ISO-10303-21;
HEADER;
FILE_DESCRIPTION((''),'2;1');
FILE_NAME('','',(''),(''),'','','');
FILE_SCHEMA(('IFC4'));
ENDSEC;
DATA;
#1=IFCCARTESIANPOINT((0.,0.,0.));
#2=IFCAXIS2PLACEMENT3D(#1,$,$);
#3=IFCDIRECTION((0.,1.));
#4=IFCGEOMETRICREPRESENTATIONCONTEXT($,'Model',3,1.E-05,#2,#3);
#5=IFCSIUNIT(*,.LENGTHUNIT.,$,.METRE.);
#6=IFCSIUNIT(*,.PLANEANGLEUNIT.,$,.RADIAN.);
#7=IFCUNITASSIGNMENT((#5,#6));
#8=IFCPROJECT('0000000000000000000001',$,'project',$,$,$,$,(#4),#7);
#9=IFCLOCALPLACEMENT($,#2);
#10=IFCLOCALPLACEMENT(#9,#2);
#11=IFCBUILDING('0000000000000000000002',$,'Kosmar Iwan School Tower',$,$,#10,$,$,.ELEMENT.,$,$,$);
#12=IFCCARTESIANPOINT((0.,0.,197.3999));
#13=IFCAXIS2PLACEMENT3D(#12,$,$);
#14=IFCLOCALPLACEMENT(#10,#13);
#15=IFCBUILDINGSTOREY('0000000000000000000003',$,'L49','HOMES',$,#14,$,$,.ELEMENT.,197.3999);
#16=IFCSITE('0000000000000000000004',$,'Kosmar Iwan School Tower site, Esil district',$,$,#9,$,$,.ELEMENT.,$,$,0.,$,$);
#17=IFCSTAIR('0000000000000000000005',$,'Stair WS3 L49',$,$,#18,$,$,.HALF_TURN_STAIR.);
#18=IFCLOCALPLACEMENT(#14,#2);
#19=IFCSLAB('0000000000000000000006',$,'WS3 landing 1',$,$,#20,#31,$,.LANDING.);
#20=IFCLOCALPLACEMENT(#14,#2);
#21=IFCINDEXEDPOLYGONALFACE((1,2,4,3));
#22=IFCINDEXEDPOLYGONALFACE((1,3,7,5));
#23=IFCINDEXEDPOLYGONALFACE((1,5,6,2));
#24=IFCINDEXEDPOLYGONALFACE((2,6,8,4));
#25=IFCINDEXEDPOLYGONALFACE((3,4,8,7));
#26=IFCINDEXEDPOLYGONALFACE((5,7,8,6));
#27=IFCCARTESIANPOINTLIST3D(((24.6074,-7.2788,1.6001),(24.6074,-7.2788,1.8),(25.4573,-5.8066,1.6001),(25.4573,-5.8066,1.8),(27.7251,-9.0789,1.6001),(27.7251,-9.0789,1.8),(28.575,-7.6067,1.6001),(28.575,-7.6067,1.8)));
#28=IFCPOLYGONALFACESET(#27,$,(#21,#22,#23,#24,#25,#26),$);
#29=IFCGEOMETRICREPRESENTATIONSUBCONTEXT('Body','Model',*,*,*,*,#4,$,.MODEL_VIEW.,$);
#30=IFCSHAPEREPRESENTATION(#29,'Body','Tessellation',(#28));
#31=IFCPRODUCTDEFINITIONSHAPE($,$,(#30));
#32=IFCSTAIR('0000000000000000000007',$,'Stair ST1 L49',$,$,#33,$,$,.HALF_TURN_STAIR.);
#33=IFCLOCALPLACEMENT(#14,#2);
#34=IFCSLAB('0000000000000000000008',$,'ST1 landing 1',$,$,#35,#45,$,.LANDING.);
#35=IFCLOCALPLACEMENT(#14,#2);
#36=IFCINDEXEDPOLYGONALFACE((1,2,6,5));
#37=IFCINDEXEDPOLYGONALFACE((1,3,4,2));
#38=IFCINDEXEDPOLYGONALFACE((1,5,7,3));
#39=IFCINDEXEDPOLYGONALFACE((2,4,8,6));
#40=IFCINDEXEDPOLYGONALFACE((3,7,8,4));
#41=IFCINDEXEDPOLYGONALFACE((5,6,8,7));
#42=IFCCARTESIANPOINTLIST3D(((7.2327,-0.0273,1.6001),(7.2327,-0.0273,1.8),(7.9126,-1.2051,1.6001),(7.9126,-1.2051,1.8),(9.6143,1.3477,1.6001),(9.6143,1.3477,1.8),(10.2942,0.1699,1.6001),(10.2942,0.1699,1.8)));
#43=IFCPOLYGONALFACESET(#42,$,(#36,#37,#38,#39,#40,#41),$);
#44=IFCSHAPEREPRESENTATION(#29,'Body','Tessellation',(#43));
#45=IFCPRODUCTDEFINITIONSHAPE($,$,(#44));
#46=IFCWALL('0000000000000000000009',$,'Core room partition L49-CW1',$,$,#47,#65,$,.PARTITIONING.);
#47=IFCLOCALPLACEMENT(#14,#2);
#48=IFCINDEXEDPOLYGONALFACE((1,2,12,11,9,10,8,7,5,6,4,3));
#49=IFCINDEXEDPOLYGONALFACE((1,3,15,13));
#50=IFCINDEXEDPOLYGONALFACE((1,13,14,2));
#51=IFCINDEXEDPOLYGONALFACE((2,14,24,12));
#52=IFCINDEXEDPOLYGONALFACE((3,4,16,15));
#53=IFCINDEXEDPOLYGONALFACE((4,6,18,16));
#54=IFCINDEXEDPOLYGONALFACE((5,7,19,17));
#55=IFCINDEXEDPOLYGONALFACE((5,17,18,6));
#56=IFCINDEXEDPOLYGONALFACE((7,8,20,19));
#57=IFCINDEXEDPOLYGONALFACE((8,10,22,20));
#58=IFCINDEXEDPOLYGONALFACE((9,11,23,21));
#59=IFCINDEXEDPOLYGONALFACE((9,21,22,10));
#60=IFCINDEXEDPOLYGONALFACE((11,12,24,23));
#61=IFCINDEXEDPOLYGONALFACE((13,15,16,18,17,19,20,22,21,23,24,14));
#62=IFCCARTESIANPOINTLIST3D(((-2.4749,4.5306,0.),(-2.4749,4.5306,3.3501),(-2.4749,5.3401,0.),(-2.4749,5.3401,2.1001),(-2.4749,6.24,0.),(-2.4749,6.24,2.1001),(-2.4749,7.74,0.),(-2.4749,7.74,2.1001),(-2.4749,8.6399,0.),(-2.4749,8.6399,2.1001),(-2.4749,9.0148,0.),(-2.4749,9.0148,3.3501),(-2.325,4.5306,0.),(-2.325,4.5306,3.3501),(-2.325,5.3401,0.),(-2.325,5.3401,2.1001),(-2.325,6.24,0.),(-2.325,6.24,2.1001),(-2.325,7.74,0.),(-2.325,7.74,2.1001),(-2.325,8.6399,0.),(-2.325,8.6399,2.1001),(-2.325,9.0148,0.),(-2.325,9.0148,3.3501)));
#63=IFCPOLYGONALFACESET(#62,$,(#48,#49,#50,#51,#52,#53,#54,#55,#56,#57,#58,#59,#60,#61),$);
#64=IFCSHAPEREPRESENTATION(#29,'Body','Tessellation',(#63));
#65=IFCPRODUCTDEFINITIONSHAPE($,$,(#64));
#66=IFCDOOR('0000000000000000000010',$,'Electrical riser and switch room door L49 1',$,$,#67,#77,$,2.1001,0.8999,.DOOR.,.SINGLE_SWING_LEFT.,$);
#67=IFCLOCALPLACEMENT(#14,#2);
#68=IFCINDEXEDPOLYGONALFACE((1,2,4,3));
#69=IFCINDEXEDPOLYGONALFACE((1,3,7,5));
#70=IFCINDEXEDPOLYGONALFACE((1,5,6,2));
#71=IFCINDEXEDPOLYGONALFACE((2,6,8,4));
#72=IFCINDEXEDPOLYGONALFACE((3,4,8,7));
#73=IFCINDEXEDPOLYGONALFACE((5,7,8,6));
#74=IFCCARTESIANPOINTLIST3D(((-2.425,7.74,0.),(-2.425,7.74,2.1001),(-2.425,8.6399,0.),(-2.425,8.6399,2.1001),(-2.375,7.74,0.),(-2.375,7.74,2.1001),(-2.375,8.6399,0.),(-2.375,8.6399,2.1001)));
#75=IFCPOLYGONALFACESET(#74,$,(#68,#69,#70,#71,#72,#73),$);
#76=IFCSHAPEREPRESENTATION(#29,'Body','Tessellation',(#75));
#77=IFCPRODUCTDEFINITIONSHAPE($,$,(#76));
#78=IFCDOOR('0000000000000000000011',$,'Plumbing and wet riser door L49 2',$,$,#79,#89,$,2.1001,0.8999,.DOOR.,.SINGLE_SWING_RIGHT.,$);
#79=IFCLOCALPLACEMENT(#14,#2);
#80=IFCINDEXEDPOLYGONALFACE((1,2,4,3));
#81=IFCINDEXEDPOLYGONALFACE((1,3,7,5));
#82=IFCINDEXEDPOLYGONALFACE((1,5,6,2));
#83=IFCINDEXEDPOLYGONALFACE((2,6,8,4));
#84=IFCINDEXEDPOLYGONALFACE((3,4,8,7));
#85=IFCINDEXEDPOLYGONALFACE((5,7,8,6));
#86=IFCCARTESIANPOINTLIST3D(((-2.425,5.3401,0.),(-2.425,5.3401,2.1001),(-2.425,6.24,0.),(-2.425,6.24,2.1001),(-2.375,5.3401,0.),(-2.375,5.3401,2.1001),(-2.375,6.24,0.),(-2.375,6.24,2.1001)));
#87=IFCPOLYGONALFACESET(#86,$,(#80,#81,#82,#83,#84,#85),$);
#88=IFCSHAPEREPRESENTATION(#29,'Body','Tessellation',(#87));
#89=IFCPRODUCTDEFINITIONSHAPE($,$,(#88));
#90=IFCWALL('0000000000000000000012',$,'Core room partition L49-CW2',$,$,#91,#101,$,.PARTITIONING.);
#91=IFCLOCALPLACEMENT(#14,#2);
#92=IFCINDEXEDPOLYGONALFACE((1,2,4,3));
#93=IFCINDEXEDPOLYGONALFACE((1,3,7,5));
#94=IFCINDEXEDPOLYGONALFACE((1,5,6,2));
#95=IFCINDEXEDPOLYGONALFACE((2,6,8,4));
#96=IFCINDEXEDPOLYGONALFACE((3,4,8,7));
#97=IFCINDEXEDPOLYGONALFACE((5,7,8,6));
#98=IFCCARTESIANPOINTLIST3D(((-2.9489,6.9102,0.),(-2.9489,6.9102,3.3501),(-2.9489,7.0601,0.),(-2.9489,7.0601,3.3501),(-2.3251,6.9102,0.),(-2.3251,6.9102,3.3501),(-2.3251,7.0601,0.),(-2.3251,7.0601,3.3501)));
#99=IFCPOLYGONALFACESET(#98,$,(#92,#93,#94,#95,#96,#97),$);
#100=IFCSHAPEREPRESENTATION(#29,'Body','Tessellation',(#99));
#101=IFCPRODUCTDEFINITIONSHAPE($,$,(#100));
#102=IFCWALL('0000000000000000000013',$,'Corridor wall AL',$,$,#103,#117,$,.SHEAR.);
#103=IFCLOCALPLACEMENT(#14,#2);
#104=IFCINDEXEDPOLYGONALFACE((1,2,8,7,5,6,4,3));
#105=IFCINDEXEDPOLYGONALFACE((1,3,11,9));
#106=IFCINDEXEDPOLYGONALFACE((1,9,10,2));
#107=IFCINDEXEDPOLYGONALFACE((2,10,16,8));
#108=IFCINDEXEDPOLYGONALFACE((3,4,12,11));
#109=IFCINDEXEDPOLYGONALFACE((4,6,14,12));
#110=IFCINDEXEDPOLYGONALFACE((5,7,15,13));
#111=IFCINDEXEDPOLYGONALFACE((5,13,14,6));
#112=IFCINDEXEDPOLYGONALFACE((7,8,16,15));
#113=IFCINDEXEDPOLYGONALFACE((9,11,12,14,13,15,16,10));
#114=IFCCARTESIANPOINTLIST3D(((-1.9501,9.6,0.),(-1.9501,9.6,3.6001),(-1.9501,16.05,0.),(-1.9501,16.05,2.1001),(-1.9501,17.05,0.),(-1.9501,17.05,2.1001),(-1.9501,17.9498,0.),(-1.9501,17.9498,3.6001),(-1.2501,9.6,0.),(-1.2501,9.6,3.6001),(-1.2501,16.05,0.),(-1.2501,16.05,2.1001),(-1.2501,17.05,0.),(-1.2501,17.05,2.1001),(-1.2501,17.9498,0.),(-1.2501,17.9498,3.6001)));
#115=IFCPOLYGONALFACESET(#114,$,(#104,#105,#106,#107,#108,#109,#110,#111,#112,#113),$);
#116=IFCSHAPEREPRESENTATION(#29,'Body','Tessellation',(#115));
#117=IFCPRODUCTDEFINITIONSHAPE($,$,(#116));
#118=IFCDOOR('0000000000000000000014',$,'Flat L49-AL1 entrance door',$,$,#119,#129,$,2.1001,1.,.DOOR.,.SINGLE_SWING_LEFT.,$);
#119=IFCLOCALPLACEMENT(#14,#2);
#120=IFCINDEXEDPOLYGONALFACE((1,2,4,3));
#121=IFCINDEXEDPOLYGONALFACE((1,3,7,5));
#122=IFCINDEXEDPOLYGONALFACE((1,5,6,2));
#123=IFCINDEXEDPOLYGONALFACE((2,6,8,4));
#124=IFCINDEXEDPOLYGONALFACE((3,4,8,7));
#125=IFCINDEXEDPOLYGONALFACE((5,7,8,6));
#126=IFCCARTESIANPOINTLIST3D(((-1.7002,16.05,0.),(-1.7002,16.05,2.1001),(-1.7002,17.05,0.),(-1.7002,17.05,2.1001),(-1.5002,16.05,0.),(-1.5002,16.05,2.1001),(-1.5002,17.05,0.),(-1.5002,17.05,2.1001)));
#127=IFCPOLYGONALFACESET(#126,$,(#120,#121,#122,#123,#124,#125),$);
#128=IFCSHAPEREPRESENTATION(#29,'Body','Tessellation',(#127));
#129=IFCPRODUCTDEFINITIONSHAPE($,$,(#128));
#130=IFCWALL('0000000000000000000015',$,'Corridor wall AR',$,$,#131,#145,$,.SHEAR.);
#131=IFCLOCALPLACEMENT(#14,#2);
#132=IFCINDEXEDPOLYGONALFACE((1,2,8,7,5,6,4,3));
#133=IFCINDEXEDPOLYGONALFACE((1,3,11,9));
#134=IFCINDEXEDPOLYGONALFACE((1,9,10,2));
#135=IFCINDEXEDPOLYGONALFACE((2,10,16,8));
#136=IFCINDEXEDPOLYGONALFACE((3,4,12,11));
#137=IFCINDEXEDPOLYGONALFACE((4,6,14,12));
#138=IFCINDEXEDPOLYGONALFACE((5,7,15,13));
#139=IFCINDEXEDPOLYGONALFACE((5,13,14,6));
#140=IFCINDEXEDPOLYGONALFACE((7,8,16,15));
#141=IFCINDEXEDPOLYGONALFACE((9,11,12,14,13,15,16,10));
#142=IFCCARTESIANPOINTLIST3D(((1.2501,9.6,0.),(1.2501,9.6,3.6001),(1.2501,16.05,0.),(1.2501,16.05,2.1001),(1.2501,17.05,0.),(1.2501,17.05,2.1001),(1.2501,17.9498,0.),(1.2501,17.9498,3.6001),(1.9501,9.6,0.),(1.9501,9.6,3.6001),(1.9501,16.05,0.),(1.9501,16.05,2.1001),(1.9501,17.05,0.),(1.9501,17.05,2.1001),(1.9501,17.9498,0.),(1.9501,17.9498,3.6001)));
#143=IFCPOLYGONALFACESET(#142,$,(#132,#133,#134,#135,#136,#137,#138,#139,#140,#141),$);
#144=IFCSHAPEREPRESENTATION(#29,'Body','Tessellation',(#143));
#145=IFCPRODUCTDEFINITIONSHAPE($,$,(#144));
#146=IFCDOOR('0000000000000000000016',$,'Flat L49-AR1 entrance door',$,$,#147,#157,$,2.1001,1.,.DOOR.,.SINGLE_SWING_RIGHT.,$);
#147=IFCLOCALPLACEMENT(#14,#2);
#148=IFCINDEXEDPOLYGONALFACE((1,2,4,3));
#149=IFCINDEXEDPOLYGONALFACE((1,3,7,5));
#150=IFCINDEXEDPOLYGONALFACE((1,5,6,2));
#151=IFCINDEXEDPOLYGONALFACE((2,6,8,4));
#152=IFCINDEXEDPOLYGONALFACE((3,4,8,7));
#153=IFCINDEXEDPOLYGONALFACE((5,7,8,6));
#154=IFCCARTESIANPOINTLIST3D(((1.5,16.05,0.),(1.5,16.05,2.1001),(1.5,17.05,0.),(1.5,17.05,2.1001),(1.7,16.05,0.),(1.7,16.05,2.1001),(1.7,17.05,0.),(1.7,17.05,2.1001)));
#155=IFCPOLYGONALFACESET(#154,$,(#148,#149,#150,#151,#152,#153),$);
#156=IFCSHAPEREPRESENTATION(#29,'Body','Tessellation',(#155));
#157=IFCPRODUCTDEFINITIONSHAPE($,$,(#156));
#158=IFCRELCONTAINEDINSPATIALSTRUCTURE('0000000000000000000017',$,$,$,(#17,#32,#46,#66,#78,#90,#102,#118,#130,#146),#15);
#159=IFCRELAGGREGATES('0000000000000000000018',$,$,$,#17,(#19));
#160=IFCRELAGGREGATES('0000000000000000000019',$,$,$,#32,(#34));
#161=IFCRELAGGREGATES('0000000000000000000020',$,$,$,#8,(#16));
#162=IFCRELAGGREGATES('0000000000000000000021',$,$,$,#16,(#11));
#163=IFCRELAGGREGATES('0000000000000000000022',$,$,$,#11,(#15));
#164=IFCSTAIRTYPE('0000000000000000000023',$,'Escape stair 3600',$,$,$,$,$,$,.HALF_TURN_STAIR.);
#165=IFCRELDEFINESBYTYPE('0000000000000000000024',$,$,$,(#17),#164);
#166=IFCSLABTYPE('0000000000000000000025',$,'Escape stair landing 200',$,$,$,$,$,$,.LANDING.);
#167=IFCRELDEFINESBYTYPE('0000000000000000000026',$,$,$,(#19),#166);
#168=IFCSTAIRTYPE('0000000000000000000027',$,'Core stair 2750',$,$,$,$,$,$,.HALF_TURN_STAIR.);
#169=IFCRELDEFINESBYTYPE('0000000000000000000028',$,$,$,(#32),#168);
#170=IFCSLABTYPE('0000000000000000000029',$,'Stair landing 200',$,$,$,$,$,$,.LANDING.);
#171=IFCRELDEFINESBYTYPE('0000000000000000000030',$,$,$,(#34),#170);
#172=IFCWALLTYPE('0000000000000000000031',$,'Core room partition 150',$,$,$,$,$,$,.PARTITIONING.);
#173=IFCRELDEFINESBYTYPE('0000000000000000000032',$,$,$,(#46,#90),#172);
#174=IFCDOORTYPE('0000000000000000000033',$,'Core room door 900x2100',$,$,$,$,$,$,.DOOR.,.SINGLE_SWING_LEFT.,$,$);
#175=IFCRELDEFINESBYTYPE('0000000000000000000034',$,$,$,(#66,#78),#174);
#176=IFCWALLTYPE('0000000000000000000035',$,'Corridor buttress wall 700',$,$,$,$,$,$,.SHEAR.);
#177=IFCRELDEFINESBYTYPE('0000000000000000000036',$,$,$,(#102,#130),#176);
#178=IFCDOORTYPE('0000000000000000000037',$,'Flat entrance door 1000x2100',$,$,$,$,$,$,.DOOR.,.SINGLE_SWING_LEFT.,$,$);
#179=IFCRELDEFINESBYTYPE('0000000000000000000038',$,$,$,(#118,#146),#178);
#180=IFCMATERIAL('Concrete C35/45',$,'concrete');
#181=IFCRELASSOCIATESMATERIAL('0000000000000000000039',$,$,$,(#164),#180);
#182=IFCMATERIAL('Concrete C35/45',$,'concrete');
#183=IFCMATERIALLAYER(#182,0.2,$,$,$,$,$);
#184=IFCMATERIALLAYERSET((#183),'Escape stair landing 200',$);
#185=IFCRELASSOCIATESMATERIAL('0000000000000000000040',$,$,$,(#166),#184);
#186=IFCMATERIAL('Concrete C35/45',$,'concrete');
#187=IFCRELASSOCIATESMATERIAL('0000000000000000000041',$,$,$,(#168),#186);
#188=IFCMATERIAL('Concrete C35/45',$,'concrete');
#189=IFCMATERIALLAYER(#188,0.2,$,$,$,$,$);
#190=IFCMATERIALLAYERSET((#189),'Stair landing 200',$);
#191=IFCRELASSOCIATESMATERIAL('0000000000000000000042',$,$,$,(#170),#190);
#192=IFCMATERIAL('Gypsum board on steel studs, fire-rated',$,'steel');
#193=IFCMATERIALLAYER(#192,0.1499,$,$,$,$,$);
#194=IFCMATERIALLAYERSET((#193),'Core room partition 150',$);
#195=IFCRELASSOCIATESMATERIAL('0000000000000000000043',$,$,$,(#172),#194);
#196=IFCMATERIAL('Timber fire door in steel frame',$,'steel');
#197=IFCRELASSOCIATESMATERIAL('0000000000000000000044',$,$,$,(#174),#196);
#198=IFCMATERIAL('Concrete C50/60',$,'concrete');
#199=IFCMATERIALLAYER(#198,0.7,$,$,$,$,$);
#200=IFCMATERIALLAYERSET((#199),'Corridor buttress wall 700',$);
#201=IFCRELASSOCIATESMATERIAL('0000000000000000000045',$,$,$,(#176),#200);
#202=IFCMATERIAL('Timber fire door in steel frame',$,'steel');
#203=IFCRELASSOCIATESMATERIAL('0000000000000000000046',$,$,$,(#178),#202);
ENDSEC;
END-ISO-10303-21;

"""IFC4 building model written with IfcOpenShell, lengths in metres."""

from ifc_helpers import new_model, si_unit, direction, frame, frame_2d, origin, place, context, subcontext, project, spatial, polyline, rectangle, outline, extrude, material, layer, layer_set, type_object, element, fill, aggregate, save


model = new_model("IFC4")

# Units and contexts
model_context = context("Model", 3, precision=1e-05, world=origin(), true_north=direction((0.0, 1.0)))
body_context = subcontext(model_context, "Body", "Model", "MODEL_VIEW")
ifc_project = project(units=[si_unit("LENGTHUNIT", "METRE"), si_unit("PLANEANGLEUNIT", "RADIAN")], contexts=[model_context])

# Site, building, storey
site_placement = place(None, origin())
site = spatial("IfcSite", under=ifc_project, at=site_placement, Name="Kosmar Iwan School Tower site, Esil district", CompositionType="ELEMENT", RefElevation=0.0)
building_placement = place(site_placement, origin())
building = spatial("IfcBuilding", under=site, at=building_placement, Name="Kosmar Iwan School Tower", CompositionType="ELEMENT")
storey_placement = place(building_placement, frame((0.0, 0.0, 197.3999)))
storey = spatial("IfcBuildingStorey", under=building, at=storey_placement, Name="L49", Description="HOMES", CompositionType="ELEMENT", Elevation=197.3999)

# Stairs, slabs
ifc_material_1 = material(Name="Concrete C35/45", Category="concrete")
stair_type_1 = type_object("IfcStairType", Name="Escape stair 3600", PredefinedType="HALF_TURN_STAIR", material=ifc_material_1)
stair_1_placement = place(storey_placement, origin())
stair_1 = element("IfcStair", 1, at=stair_1_placement, inside=storey, type_object=stair_type_1, Name="Stair WS3 L49", PredefinedType="HALF_TURN_STAIR")
ifc_material_2 = material(Name="Concrete C35/45", Category="concrete")
ifc_layer_1 = layer(ifc_material_2, 0.2)
ifc_layer_set_1 = layer_set([ifc_layer_1], Name="Escape stair landing 200")
slab_type_1 = type_object("IfcSlabType", Name="Escape stair landing 200", PredefinedType="LANDING", material=ifc_layer_set_1)
slab_1_placement = place(storey_placement, frame((0.0, 0.0, 1.6001)))
slab_1 = element("IfcSlab", 2, at=slab_1_placement, type_object=slab_type_1, Name="WS3 landing 1", PredefinedType="LANDING", context=body_context, shape_type="SweptSolid", body=[
    extrude(outline(polyline([(24.6074, -7.2788), (27.7251, -9.0789), (28.575, -7.6067), (25.4573, -5.8066), (24.6074, -7.2788)])), origin(), (0.0, 0.0, 1.0), 0.2),
])
aggregate(stair_1, [slab_1])
ifc_material_3 = material(Name="Concrete C35/45", Category="concrete")
stair_type_2 = type_object("IfcStairType", Name="Core stair 2750", PredefinedType="HALF_TURN_STAIR", material=ifc_material_3)
stair_2_placement = place(storey_placement, origin())
stair_2 = element("IfcStair", 3, at=stair_2_placement, inside=storey, type_object=stair_type_2, Name="Stair ST1 L49", PredefinedType="HALF_TURN_STAIR")
ifc_material_4 = material(Name="Concrete C35/45", Category="concrete")
ifc_layer_2 = layer(ifc_material_4, 0.2)
ifc_layer_set_2 = layer_set([ifc_layer_2], Name="Stair landing 200")
slab_type_2 = type_object("IfcSlabType", Name="Stair landing 200", PredefinedType="LANDING", material=ifc_layer_set_2)
slab_2_placement = place(storey_placement, frame((0.0, 0.0, 1.6001)))
slab_2 = element("IfcSlab", 4, at=slab_2_placement, type_object=slab_type_2, Name="ST1 landing 1", PredefinedType="LANDING", context=body_context, shape_type="SweptSolid", body=[
    extrude(outline(polyline([(7.9126, -1.2051), (10.2942, 0.1699), (9.6143, 1.3477), (7.2327, -0.0273), (7.9126, -1.2051)])), origin(), (0.0, 0.0, 1.0), 0.2),
])
aggregate(stair_2, [slab_2])

# Wall, openings, doors
ifc_material_5 = material(Name="Gypsum board on steel studs, fire-rated", Category="steel")
ifc_layer_3 = layer(ifc_material_5, 0.1499)
ifc_layer_set_3 = layer_set([ifc_layer_3], Name="Core room partition 150")
wall_type_1 = type_object("IfcWallType", Name="Core room partition 150", PredefinedType="PARTITIONING", material=ifc_layer_set_3)
wall_1_placement = place(storey_placement, frame((-2.3999, 9.0149, 0.0), z_axis=(0.0, 0.0, 1.0), x_axis=(0.0, -1.0, 0.0)))
wall_1 = element("IfcWall", 5, at=wall_1_placement, inside=storey, type_object=wall_type_1, Name="Core room partition L49-CW1", PredefinedType="PARTITIONING", context=body_context, shape_type="SweptSolid", body=[
    extrude(rectangle(XDim=4.4841, YDim=0.1499, at=frame_2d((2.2422, 0.0))), origin(), (0.0, 0.0, 1.0), 3.3501),
])
opening_1_placement = place(wall_1_placement, frame((0.375, 0.0, 0.0)))
opening_1 = element("IfcOpeningElement", 6, at=opening_1_placement, cuts=wall_1, PredefinedType="OPENING", context=body_context, shape_type="SweptSolid", body=[
    extrude(rectangle(XDim=0.8999, YDim=2.1001, at=frame_2d((0.45, 1.05))), frame((0.0, 0.0869, 0.0), z_axis=(0.0, -1.0, 0.0), x_axis=(1.0, 0.0, 0.0)), (0.0, 0.0, 1.0), 0.1738),
])
opening_2_placement = place(wall_1_placement, frame((2.7749, 0.0, 0.0)))
opening_2 = element("IfcOpeningElement", 7, at=opening_2_placement, cuts=wall_1, PredefinedType="OPENING", context=body_context, shape_type="SweptSolid", body=[
    extrude(rectangle(XDim=0.8999, YDim=2.1001, at=frame_2d((0.45, 1.05))), frame((0.0, 0.0869, 0.0), z_axis=(0.0, -1.0, 0.0), x_axis=(1.0, 0.0, 0.0)), (0.0, 0.0, 1.0), 0.1738),
])
ifc_material_6 = material(Name="Timber fire door in steel frame", Category="steel")
door_type_1 = type_object("IfcDoorType", Name="Core room door 900x2100", OperationType="SINGLE_SWING_LEFT", PredefinedType="DOOR", material=ifc_material_6)
door_1_placement = place(opening_1_placement, origin())
door_1 = element("IfcDoor", 8, at=door_1_placement, inside=storey, type_object=door_type_1, Name="Electrical riser and switch room door L49 1", OperationType="SINGLE_SWING_LEFT", OverallHeight=2.1001, OverallWidth=0.8999, PredefinedType="DOOR", context=body_context, shape_type="SweptSolid", body=[
    extrude(rectangle(XDim=0.8999, YDim=2.1001, at=frame_2d((0.45, 1.05))), frame((0.0, 0.0249, 0.0), z_axis=(0.0, -1.0, 0.0), x_axis=(1.0, 0.0, 0.0)), (0.0, 0.0, 1.0), 0.05),
])
fill(opening_1, door_1)
door_2_placement = place(opening_2_placement, origin())
door_2 = element("IfcDoor", 9, at=door_2_placement, inside=storey, type_object=door_type_1, Name="Plumbing and wet riser door L49 2", OperationType="SINGLE_SWING_RIGHT", OverallHeight=2.1001, OverallWidth=0.8999, PredefinedType="DOOR", context=body_context, shape_type="SweptSolid", body=[
    extrude(rectangle(XDim=0.8999, YDim=2.1001, at=frame_2d((0.45, 1.05))), frame((0.0, 0.0249, 0.0), z_axis=(0.0, -1.0, 0.0), x_axis=(1.0, 0.0, 0.0)), (0.0, 0.0, 1.0), 0.05),
])
fill(opening_2, door_2)

# Wall
wall_2_placement = place(storey_placement, frame((-2.325, 6.9851, 0.0), z_axis=(0.0, 0.0, 1.0), x_axis=(-1.0, 0.0, 0.0)))
element("IfcWall", 10, at=wall_2_placement, inside=storey, type_object=wall_type_1, Name="Core room partition L49-CW2", PredefinedType="PARTITIONING", context=body_context, shape_type="SweptSolid", body=[
    extrude(rectangle(XDim=0.6238, YDim=0.1499, at=frame_2d((0.312, 0.0))), origin(), (0.0, 0.0, 1.0), 3.3501),
])

# Walls, openings, doors
ifc_material_7 = material(Name="Concrete C50/60", Category="concrete")
ifc_layer_4 = layer(ifc_material_7, 0.7)
ifc_layer_set_4 = layer_set([ifc_layer_4], Name="Corridor buttress wall 700")
wall_type_2 = type_object("IfcWallType", Name="Corridor buttress wall 700", PredefinedType="SHEAR", material=ifc_layer_set_4)
wall_3_placement = place(storey_placement, frame((-1.6001, 9.6001, 0.0), z_axis=(0.0, 0.0, 1.0), x_axis=(0.0, 1.0, 0.0)))
wall_3 = element("IfcWall", 11, at=wall_3_placement, inside=storey, type_object=wall_type_2, Name="Corridor wall AL", PredefinedType="SHEAR", context=body_context, shape_type="SweptSolid", body=[
    extrude(rectangle(XDim=8.3499, YDim=0.7, at=frame_2d((4.1748, 0.0))), origin(), (0.0, 0.0, 1.0), 3.6001),
])
opening_3_placement = place(wall_3_placement, frame((6.45, 0.0, 0.0)))
opening_3 = element("IfcOpeningElement", 12, at=opening_3_placement, cuts=wall_3, PredefinedType="OPENING", context=body_context, shape_type="SweptSolid", body=[
    extrude(rectangle(XDim=1.0, YDim=2.1001, at=frame_2d((0.5, 1.05))), frame((0.0, 0.3621, 0.0), z_axis=(0.0, -1.0, 0.0), x_axis=(1.0, 0.0, 0.0)), (0.0, 0.0, 1.0), 0.7239),
])
ifc_material_8 = material(Name="Timber fire door in steel frame", Category="steel")
door_type_2 = type_object("IfcDoorType", Name="Flat entrance door 1000x2100", OperationType="SINGLE_SWING_LEFT", PredefinedType="DOOR", material=ifc_material_8)
door_3_placement = place(opening_3_placement, origin())
door_3 = element("IfcDoor", 13, at=door_3_placement, inside=storey, type_object=door_type_2, Name="Flat L49-AL1 entrance door", OperationType="SINGLE_SWING_LEFT", OverallHeight=2.1001, OverallWidth=1.0, PredefinedType="DOOR", context=body_context, shape_type="SweptSolid", body=[
    extrude(rectangle(XDim=1.0, YDim=2.1001, at=frame_2d((0.5, 1.05))), frame((0.0, 0.1001, 0.0), z_axis=(0.0, -1.0, 0.0), x_axis=(1.0, 0.0, 0.0)), (0.0, 0.0, 1.0), 0.2),
])
fill(opening_3, door_3)
wall_4_placement = place(storey_placement, frame((1.6001, 9.6001, 0.0), z_axis=(0.0, 0.0, 1.0), x_axis=(0.0, 1.0, 0.0)))
wall_4 = element("IfcWall", 14, at=wall_4_placement, inside=storey, type_object=wall_type_2, Name="Corridor wall AR", PredefinedType="SHEAR", context=body_context, shape_type="SweptSolid", body=[
    extrude(rectangle(XDim=8.3499, YDim=0.7, at=frame_2d((4.1748, 0.0))), origin(), (0.0, 0.0, 1.0), 3.6001),
])
opening_4_placement = place(wall_4_placement, frame((6.45, 0.0, 0.0)))
opening_4 = element("IfcOpeningElement", 15, at=opening_4_placement, cuts=wall_4, PredefinedType="OPENING", context=body_context, shape_type="SweptSolid", body=[
    extrude(rectangle(XDim=1.0, YDim=2.1001, at=frame_2d((0.5, 1.05))), frame((0.0, 0.3621, 0.0), z_axis=(0.0, -1.0, 0.0), x_axis=(1.0, 0.0, 0.0)), (0.0, 0.0, 1.0), 0.7239),
])
door_4_placement = place(opening_4_placement, origin())
door_4 = element("IfcDoor", 16, at=door_4_placement, inside=storey, type_object=door_type_2, Name="Flat L49-AR1 entrance door", OperationType="SINGLE_SWING_RIGHT", OverallHeight=2.1001, OverallWidth=1.0, PredefinedType="DOOR", context=body_context, shape_type="SweptSolid", body=[
    extrude(rectangle(XDim=1.0, YDim=2.1001, at=frame_2d((0.5, 1.05))), frame((0.0, 0.1001, 0.0), z_axis=(0.0, -1.0, 0.0), x_axis=(1.0, 0.0, 0.0)), (0.0, 0.0, 1.0), 0.2),
])
fill(opening_4, door_4)

save(model, "model.ifc")
